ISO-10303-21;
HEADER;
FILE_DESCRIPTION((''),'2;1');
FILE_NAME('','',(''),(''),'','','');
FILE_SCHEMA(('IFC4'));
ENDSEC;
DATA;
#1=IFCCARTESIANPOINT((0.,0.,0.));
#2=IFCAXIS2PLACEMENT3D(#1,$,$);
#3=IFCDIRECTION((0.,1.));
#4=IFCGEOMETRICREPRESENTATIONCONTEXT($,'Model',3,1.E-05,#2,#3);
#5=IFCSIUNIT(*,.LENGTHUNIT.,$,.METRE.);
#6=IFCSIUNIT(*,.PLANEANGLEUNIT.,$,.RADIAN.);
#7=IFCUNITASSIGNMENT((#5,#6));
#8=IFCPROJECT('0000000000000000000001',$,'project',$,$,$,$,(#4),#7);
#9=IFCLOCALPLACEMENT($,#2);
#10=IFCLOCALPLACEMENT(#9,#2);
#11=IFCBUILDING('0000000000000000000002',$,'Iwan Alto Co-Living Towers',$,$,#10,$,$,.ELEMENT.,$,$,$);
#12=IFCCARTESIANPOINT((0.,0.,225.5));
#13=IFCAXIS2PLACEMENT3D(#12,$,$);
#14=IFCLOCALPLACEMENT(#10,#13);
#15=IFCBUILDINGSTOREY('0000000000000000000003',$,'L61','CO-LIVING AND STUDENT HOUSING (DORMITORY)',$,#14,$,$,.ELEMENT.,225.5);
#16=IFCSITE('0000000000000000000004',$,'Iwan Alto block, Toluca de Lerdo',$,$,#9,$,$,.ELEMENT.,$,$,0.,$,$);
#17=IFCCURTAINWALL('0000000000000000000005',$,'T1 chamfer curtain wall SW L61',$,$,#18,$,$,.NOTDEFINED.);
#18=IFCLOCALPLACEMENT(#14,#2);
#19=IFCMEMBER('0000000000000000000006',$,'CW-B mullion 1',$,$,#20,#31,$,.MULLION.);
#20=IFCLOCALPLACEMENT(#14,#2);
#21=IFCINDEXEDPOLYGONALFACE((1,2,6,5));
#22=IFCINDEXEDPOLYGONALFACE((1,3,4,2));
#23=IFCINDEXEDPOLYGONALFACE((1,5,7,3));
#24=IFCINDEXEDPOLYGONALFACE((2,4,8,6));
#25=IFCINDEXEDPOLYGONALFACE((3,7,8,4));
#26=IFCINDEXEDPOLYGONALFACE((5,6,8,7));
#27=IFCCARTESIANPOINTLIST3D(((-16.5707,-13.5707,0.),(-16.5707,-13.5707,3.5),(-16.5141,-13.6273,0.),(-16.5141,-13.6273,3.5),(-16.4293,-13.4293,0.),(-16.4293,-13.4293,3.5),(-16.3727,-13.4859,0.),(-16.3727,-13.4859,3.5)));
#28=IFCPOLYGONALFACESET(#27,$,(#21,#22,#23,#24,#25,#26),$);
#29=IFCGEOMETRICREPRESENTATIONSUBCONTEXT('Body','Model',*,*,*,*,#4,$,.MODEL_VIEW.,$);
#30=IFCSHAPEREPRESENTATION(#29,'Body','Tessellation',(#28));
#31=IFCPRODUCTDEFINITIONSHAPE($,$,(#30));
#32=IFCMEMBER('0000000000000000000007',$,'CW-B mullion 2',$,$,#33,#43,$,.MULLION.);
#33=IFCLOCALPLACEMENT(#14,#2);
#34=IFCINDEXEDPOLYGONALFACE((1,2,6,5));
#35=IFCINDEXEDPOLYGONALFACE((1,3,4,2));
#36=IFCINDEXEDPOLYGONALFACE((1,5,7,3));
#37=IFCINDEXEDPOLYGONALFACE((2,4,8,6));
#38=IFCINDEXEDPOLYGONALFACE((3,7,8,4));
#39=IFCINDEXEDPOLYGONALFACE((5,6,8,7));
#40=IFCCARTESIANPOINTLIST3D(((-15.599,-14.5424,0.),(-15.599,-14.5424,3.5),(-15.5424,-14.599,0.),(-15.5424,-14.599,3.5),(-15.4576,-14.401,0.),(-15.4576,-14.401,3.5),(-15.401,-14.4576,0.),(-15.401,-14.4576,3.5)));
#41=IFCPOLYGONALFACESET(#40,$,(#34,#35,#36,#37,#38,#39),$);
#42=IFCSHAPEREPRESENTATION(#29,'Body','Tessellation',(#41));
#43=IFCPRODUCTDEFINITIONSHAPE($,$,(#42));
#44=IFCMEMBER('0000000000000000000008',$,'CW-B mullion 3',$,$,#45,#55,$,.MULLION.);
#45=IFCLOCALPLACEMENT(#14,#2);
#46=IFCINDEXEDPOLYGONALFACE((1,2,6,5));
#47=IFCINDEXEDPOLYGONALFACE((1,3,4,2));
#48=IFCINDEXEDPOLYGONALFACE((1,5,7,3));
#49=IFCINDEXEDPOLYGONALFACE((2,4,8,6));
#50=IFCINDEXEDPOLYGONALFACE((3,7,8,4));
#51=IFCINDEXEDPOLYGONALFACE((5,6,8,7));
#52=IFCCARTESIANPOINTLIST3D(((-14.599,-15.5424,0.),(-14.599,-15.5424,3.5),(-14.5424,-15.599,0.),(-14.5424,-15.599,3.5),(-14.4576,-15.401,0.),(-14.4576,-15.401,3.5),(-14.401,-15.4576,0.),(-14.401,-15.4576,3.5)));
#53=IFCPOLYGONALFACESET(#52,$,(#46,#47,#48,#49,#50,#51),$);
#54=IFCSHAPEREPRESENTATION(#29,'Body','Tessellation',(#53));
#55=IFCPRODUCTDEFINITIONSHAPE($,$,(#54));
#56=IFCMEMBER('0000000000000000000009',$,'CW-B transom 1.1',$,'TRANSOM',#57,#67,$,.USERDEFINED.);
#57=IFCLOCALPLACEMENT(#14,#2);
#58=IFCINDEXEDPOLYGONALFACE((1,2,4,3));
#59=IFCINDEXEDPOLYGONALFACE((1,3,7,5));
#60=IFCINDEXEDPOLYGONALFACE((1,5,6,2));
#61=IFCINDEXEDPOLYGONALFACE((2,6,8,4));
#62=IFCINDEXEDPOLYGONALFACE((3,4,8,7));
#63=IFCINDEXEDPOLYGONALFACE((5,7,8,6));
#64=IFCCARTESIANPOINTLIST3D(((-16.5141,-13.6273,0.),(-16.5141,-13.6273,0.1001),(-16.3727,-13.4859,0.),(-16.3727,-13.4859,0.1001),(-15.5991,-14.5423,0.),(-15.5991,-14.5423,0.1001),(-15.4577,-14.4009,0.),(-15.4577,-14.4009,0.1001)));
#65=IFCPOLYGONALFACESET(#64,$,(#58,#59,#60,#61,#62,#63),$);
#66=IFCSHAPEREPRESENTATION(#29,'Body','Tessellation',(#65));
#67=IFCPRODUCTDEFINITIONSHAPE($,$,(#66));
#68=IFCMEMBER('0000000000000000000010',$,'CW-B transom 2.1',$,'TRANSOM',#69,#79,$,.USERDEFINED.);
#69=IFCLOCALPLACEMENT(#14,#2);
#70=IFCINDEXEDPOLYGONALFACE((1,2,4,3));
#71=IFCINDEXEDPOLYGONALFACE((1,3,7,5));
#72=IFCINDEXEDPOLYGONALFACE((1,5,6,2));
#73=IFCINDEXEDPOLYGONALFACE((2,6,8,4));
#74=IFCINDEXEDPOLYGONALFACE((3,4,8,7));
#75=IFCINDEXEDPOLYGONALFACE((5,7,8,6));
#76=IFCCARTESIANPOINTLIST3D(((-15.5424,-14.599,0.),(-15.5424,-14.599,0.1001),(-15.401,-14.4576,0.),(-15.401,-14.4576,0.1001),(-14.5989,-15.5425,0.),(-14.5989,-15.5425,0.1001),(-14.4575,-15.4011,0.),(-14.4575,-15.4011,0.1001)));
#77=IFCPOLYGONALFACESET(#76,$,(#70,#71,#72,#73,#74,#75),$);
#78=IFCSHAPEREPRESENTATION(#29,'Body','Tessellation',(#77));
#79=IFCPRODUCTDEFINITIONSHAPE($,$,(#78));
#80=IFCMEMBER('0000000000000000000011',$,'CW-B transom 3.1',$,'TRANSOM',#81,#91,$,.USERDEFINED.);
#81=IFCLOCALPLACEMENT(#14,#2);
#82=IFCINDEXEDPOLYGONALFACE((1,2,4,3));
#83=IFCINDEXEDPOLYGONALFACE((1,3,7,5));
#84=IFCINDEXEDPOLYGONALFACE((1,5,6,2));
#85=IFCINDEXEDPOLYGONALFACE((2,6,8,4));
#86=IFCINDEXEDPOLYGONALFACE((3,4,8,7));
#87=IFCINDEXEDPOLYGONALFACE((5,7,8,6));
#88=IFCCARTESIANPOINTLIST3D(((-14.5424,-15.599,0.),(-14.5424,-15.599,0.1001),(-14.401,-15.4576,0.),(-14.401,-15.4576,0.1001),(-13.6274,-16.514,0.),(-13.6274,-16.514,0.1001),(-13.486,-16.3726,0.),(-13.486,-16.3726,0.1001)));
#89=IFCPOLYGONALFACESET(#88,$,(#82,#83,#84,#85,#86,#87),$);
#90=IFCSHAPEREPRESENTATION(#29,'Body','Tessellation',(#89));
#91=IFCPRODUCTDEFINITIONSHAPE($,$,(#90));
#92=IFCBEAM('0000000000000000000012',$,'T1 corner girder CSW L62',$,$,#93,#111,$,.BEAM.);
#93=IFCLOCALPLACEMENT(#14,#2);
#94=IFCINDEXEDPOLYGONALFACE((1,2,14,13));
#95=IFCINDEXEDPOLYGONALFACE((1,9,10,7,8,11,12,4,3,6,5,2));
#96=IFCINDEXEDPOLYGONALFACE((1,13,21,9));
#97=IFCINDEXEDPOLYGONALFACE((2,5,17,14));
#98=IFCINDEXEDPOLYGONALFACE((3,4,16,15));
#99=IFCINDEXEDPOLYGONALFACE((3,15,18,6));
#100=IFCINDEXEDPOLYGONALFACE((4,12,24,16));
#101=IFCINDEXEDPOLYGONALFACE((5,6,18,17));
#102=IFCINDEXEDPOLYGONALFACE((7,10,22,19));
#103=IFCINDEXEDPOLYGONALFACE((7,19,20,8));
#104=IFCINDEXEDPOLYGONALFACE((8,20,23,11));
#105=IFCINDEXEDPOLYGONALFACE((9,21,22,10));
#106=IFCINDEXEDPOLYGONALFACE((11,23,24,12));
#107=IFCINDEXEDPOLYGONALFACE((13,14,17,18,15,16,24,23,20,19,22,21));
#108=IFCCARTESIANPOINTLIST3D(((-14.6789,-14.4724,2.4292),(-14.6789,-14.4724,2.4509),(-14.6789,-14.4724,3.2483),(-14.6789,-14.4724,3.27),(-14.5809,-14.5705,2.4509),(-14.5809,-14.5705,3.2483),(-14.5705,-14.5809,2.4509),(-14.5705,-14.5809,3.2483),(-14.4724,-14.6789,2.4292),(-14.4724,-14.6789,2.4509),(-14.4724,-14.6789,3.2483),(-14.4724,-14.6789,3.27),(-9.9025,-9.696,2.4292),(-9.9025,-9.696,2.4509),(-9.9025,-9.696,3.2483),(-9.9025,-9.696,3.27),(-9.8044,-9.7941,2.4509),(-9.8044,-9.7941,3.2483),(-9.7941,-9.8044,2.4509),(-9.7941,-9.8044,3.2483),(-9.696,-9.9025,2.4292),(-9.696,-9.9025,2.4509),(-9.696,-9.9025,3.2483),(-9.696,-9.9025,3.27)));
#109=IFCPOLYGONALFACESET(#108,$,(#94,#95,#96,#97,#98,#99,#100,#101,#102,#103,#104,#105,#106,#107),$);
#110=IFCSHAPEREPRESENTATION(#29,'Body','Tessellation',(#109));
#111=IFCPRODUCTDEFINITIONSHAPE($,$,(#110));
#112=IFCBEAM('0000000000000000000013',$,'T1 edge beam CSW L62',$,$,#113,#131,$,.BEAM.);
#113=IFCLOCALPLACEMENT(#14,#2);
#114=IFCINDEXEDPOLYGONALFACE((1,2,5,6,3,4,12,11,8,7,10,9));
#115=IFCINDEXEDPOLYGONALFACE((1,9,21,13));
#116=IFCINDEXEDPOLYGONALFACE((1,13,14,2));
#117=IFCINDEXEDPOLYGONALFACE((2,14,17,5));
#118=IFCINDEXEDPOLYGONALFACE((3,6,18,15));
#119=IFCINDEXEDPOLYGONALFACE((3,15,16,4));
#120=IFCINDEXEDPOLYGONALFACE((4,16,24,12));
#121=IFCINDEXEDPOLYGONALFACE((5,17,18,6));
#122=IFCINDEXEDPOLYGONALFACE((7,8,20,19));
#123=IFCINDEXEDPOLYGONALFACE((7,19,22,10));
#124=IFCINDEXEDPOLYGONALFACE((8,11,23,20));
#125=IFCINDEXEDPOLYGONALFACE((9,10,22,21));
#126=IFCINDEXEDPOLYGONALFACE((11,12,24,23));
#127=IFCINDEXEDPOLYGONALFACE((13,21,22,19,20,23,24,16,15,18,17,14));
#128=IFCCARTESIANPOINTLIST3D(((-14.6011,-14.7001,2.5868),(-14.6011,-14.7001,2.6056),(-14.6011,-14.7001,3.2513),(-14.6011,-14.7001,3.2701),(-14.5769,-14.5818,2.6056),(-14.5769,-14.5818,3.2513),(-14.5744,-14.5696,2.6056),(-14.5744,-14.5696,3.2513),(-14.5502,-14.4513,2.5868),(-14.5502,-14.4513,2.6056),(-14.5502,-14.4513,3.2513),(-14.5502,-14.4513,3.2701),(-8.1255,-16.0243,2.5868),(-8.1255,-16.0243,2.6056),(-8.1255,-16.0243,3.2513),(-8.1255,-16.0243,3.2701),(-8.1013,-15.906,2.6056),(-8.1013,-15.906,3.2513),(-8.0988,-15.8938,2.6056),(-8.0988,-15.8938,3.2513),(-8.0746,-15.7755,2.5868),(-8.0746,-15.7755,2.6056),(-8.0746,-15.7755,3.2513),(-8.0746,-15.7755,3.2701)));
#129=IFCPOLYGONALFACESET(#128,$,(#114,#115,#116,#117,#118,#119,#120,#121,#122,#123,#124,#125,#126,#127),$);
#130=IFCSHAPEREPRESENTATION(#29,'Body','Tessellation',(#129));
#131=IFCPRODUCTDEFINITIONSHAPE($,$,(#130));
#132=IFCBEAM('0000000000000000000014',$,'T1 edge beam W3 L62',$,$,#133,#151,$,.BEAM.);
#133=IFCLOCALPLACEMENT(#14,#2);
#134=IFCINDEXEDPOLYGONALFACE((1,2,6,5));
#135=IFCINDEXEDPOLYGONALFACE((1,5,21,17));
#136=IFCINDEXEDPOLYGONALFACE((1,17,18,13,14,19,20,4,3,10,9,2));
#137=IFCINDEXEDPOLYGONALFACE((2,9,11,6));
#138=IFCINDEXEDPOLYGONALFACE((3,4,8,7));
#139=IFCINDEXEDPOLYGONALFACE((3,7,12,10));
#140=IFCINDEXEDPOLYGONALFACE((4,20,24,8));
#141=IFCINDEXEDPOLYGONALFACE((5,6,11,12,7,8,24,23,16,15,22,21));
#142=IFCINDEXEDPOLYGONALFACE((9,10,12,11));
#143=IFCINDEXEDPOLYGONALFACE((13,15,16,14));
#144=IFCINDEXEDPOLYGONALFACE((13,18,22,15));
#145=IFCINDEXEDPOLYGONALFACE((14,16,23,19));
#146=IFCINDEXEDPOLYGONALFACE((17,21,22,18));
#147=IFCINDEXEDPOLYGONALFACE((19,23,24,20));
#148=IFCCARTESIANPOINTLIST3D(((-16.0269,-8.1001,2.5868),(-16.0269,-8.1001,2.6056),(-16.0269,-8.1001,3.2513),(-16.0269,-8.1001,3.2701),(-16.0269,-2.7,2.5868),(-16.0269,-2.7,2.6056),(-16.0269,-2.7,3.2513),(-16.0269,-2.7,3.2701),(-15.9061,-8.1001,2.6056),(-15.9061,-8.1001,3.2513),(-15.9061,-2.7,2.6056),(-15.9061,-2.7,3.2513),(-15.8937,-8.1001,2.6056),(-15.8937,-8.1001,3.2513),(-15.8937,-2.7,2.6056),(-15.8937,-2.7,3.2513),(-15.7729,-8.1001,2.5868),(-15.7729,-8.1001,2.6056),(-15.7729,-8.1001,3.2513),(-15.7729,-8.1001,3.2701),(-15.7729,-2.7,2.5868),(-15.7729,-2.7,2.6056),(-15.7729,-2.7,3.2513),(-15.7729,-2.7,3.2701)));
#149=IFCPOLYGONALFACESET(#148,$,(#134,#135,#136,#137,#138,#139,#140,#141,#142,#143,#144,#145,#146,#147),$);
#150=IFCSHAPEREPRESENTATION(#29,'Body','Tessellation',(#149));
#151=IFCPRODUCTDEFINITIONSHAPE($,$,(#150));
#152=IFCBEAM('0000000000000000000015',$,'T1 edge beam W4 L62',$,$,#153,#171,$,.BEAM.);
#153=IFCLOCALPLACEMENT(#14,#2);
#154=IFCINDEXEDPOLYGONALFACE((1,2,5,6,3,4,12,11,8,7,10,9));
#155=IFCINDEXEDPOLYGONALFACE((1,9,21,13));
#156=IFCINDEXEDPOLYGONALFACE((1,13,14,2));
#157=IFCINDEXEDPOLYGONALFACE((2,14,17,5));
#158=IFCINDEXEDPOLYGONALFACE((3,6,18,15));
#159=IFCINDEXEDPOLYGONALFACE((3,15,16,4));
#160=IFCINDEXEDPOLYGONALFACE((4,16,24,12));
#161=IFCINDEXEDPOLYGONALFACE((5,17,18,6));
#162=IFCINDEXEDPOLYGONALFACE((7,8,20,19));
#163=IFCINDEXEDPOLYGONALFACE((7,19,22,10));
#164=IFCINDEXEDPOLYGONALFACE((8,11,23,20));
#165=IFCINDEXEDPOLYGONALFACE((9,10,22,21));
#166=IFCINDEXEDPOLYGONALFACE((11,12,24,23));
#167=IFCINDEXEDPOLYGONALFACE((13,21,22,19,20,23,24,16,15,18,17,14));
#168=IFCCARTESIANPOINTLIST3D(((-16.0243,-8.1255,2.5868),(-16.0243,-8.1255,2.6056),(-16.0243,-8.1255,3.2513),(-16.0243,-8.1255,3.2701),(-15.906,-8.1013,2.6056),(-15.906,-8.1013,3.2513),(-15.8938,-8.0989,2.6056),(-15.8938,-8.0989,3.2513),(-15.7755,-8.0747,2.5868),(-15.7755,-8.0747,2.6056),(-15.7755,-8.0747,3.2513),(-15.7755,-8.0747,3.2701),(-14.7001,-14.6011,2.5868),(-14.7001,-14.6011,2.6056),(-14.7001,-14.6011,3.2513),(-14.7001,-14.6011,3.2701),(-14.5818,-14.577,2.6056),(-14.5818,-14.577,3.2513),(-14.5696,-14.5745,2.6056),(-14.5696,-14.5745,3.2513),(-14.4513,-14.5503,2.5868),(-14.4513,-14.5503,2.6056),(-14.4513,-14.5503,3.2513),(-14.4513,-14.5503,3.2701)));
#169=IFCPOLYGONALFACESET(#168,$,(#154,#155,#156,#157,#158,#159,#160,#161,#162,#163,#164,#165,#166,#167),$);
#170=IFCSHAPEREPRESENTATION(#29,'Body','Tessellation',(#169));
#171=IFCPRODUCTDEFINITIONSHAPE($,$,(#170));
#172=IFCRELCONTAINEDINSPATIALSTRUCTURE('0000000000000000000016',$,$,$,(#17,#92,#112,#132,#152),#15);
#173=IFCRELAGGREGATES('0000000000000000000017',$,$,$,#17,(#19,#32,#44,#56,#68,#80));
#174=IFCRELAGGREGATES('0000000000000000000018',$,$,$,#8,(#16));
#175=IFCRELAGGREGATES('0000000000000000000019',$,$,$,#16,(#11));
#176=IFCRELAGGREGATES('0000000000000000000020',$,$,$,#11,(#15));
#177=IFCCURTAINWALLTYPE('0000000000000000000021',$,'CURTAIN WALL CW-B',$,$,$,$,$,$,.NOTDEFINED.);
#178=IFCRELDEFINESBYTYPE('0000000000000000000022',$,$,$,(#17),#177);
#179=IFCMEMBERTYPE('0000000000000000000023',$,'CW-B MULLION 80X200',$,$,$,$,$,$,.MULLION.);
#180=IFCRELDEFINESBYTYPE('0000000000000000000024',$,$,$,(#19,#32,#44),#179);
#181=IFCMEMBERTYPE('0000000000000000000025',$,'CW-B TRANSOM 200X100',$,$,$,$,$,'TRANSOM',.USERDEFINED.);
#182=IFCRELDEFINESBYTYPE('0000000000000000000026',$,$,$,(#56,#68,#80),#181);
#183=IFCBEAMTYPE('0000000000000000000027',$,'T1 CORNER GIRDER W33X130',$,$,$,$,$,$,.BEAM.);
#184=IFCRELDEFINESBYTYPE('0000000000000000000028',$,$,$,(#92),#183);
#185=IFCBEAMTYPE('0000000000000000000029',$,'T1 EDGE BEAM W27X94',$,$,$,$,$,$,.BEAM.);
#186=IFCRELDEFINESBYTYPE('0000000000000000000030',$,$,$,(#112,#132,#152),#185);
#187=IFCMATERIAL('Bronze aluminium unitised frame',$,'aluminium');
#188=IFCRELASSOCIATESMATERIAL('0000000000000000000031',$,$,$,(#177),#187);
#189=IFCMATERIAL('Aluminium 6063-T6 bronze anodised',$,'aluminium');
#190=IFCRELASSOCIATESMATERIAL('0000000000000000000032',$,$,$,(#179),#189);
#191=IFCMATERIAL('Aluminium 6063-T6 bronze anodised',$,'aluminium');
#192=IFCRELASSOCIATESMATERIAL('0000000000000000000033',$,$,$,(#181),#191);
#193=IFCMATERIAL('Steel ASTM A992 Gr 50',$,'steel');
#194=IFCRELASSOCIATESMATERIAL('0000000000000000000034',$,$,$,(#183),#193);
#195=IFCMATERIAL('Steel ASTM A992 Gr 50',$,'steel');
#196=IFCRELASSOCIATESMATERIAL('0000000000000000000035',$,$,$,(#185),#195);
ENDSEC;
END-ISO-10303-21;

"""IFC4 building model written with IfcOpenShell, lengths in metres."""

from ifc_helpers import new_model, si_unit, direction, frame, origin, origin_2d, place, context, subcontext, project, spatial, rectangle, i_section, extrude, material, material_profile, profile_set, type_object, element, aggregate, save


model = new_model("IFC4")

# Units and contexts
model_context = context("Model", 3, precision=1e-05, world=origin(), true_north=direction((0.0, 1.0)))
body_context = subcontext(model_context, "Body", "Model", "MODEL_VIEW")
ifc_project = project(units=[si_unit("LENGTHUNIT", "METRE"), si_unit("PLANEANGLEUNIT", "RADIAN")], contexts=[model_context])

# Site, building, storey
site_placement = place(None, origin())
site = spatial("IfcSite", under=ifc_project, at=site_placement, Name="Iwan Alto block, Toluca de Lerdo", CompositionType="ELEMENT", RefElevation=0.0)
building_placement = place(site_placement, origin())
building = spatial("IfcBuilding", under=site, at=building_placement, Name="Iwan Alto Co-Living Towers", CompositionType="ELEMENT")
storey_placement = place(building_placement, frame((0.0, 0.0, 225.5)))
storey = spatial("IfcBuildingStorey", under=building, at=storey_placement, Name="L61", Description="CO-LIVING AND STUDENT HOUSING (DORMITORY)", CompositionType="ELEMENT", Elevation=225.5)

# Curtain wall, members
ifc_material_1 = material(Name="Bronze aluminium unitised frame", Category="aluminium")
curtain_wall_type_1 = type_object("IfcCurtainWallType", Name="CURTAIN WALL CW-B", PredefinedType="NOTDEFINED", material=ifc_material_1)
curtain_wall_1_placement = place(storey_placement, origin())
curtain_wall_1 = element("IfcCurtainWall", 1, at=curtain_wall_1_placement, inside=storey, type_object=curtain_wall_type_1, Name="T1 chamfer curtain wall SW L61", PredefinedType="NOTDEFINED")
ifc_material_2 = material(Name="Aluminium 6063-T6 bronze anodised", Category="aluminium")
ifc_material_profile_1 = material_profile(ifc_material_2, rectangle(XDim=0.2, YDim=0.0801, at=origin_2d()), Name="AL 80X200")
ifc_profile_set_1 = profile_set([ifc_material_profile_1], Name="Aluminium 6063-T6 bronze anodised")
member_type_1 = type_object("IfcMemberType", Name="CW-B MULLION 80X200", PredefinedType="MULLION", material=ifc_profile_set_1)
member_1_placement = place(storey_placement, frame((-16.4717, -13.5283, 0.0), z_axis=(0.0, 0.0, 1.0), x_axis=(0.707107, 0.707107, 0.0)))
member_1 = element("IfcMember", 2, at=member_1_placement, type_object=member_type_1, Name="CW-B mullion 1", PredefinedType="MULLION", context=body_context, shape_type="SweptSolid", body=[
    extrude(rectangle(XDim=0.2, YDim=0.0801, at=origin_2d()), origin(), (0.0, 0.0, 1.0), 3.5),
])
member_2_placement = place(storey_placement, frame((-15.5, -14.5, 0.0), z_axis=(0.0, 0.0, 1.0), x_axis=(0.707107, 0.707107, 0.0)))
member_2 = element("IfcMember", 3, at=member_2_placement, type_object=member_type_1, Name="CW-B mullion 2", PredefinedType="MULLION", context=body_context, shape_type="SweptSolid", body=[
    extrude(rectangle(XDim=0.2, YDim=0.0801, at=origin_2d()), origin(), (0.0, 0.0, 1.0), 3.5),
])
member_3_placement = place(storey_placement, frame((-14.5, -15.5, 0.0), z_axis=(0.0, 0.0, 1.0), x_axis=(0.707107, 0.707107, 0.0)))
member_3 = element("IfcMember", 4, at=member_3_placement, type_object=member_type_1, Name="CW-B mullion 3", PredefinedType="MULLION", context=body_context, shape_type="SweptSolid", body=[
    extrude(rectangle(XDim=0.2, YDim=0.0801, at=origin_2d()), origin(), (0.0, 0.0, 1.0), 3.5),
])
ifc_material_3 = material(Name="Aluminium 6063-T6 bronze anodised", Category="aluminium")
ifc_material_profile_2 = material_profile(ifc_material_3, rectangle(XDim=0.2, YDim=0.1001, at=origin_2d()), Name="AL 200X100")
ifc_profile_set_2 = profile_set([ifc_material_profile_2], Name="Aluminium 6063-T6 bronze anodised")
member_type_2 = type_object("IfcMemberType", Name="CW-B TRANSOM 200X100", ElementType="TRANSOM", PredefinedType="USERDEFINED", material=ifc_profile_set_2)
member_4_placement = place(storey_placement, frame((-16.4434, -13.5566, 0.05), z_axis=(0.707107, -0.707107, 0.0), x_axis=(0.707107, 0.707107, 0.0)))
member_4 = element("IfcMember", 5, at=member_4_placement, type_object=member_type_2, Name="CW-B transom 1.1", ObjectType="TRANSOM", PredefinedType="USERDEFINED", context=body_context, shape_type="SweptSolid", body=[
    extrude(rectangle(XDim=0.2, YDim=0.1001, at=origin_2d()), origin(), (0.0, 0.0, 1.0), 1.2939),
])
member_5_placement = place(storey_placement, frame((-15.4717, -14.5283, 0.05), z_axis=(0.707107, -0.707107, 0.0), x_axis=(0.707107, 0.707107, 0.0)))
member_5 = element("IfcMember", 6, at=member_5_placement, type_object=member_type_2, Name="CW-B transom 2.1", ObjectType="TRANSOM", PredefinedType="USERDEFINED", context=body_context, shape_type="SweptSolid", body=[
    extrude(rectangle(XDim=0.2, YDim=0.1001, at=origin_2d()), origin(), (0.0, 0.0, 1.0), 1.3342),
])
member_6_placement = place(storey_placement, frame((-14.4717, -15.5283, 0.05), z_axis=(0.707107, -0.707107, 0.0), x_axis=(0.707107, 0.707107, 0.0)))
member_6 = element("IfcMember", 7, at=member_6_placement, type_object=member_type_2, Name="CW-B transom 3.1", ObjectType="TRANSOM", PredefinedType="USERDEFINED", context=body_context, shape_type="SweptSolid", body=[
    extrude(rectangle(XDim=0.2, YDim=0.1001, at=origin_2d()), origin(), (0.0, 0.0, 1.0), 1.2939),
])

# Beams
ifc_material_4 = material(Name="Steel ASTM A992 Gr 50", Category="steel")
ifc_material_profile_3 = material_profile(ifc_material_4, i_section(OverallWidth=0.292, OverallDepth=0.8408, WebThickness=0.0146, FlangeThickness=0.0217, at=origin_2d()), Name="W33X130")
ifc_profile_set_3 = profile_set([ifc_material_profile_3], Name="Steel ASTM A992 Gr 50")
beam_type_1 = type_object("IfcBeamType", Name="T1 CORNER GIRDER W33X130", PredefinedType="BEAM", material=ifc_profile_set_3)
beam_1_placement = place(storey_placement, frame((-14.5757, -14.5757, 2.8496), z_axis=(0.707107, 0.707107, 0.0), x_axis=(-0.707107, 0.707107, 0.0)))
element("IfcBeam", 8, at=beam_1_placement, inside=storey, type_object=beam_type_1, Name="T1 corner girder CSW L62", PredefinedType="BEAM", context=body_context, shape_type="SweptSolid", body=[
    extrude(i_section(OverallWidth=0.292, OverallDepth=0.8408, WebThickness=0.0146, FlangeThickness=0.0217, at=origin_2d()), origin(), (0.0, 0.0, 1.0), 6.7549),
])
ifc_material_5 = material(Name="Steel ASTM A992 Gr 50", Category="steel")
ifc_material_profile_4 = material_profile(ifc_material_5, i_section(OverallWidth=0.2539, OverallDepth=0.6833, WebThickness=0.0125, FlangeThickness=0.0188, at=origin_2d()), Name="W27X94")
ifc_profile_set_4 = profile_set([ifc_material_profile_4], Name="Steel ASTM A992 Gr 50")
beam_type_2 = type_object("IfcBeamType", Name="T1 EDGE BEAM W27X94", PredefinedType="BEAM", material=ifc_profile_set_4)
beam_2_placement = place(storey_placement, frame((-14.5757, -14.5757, 2.9285), z_axis=(0.979725, -0.200348, 0.0), x_axis=(0.200348, 0.979725, 0.0)))
element("IfcBeam", 9, at=beam_2_placement, inside=storey, type_object=beam_type_2, Name="T1 edge beam CSW L62", PredefinedType="BEAM", context=body_context, shape_type="SweptSolid", body=[
    extrude(i_section(OverallWidth=0.2539, OverallDepth=0.6833, WebThickness=0.0125, FlangeThickness=0.0188, at=origin_2d()), origin(), (0.0, 0.0, 1.0), 6.6096),
])
beam_3_placement = place(storey_placement, frame((-15.8999, -2.7, 2.9285), z_axis=(0.0, -1.0, 0.0), x_axis=(1.0, 0.0, 0.0)))
element("IfcBeam", 10, at=beam_3_placement, inside=storey, type_object=beam_type_2, Name="T1 edge beam W3 L62", PredefinedType="BEAM", context=body_context, shape_type="SweptSolid", body=[
    extrude(i_section(OverallWidth=0.2539, OverallDepth=0.6833, WebThickness=0.0125, FlangeThickness=0.0188, at=origin_2d()), origin(), (0.0, 0.0, 1.0), 5.4001),
])
beam_4_placement = place(storey_placement, frame((-15.8999, -8.1001, 2.9285), z_axis=(0.200348, -0.979725, 0.0), x_axis=(0.979725, 0.200348, 0.0)))
element("IfcBeam", 11, at=beam_4_placement, inside=storey, type_object=beam_type_2, Name="T1 edge beam W4 L62", PredefinedType="BEAM", context=body_context, shape_type="SweptSolid", body=[
    extrude(i_section(OverallWidth=0.2539, OverallDepth=0.6833, WebThickness=0.0125, FlangeThickness=0.0188, at=origin_2d()), origin(), (0.0, 0.0, 1.0), 6.6096),
])

aggregate(curtain_wall_1, [member_1, member_2, member_3, member_4, member_5, member_6])

save(model, "model.ifc")
